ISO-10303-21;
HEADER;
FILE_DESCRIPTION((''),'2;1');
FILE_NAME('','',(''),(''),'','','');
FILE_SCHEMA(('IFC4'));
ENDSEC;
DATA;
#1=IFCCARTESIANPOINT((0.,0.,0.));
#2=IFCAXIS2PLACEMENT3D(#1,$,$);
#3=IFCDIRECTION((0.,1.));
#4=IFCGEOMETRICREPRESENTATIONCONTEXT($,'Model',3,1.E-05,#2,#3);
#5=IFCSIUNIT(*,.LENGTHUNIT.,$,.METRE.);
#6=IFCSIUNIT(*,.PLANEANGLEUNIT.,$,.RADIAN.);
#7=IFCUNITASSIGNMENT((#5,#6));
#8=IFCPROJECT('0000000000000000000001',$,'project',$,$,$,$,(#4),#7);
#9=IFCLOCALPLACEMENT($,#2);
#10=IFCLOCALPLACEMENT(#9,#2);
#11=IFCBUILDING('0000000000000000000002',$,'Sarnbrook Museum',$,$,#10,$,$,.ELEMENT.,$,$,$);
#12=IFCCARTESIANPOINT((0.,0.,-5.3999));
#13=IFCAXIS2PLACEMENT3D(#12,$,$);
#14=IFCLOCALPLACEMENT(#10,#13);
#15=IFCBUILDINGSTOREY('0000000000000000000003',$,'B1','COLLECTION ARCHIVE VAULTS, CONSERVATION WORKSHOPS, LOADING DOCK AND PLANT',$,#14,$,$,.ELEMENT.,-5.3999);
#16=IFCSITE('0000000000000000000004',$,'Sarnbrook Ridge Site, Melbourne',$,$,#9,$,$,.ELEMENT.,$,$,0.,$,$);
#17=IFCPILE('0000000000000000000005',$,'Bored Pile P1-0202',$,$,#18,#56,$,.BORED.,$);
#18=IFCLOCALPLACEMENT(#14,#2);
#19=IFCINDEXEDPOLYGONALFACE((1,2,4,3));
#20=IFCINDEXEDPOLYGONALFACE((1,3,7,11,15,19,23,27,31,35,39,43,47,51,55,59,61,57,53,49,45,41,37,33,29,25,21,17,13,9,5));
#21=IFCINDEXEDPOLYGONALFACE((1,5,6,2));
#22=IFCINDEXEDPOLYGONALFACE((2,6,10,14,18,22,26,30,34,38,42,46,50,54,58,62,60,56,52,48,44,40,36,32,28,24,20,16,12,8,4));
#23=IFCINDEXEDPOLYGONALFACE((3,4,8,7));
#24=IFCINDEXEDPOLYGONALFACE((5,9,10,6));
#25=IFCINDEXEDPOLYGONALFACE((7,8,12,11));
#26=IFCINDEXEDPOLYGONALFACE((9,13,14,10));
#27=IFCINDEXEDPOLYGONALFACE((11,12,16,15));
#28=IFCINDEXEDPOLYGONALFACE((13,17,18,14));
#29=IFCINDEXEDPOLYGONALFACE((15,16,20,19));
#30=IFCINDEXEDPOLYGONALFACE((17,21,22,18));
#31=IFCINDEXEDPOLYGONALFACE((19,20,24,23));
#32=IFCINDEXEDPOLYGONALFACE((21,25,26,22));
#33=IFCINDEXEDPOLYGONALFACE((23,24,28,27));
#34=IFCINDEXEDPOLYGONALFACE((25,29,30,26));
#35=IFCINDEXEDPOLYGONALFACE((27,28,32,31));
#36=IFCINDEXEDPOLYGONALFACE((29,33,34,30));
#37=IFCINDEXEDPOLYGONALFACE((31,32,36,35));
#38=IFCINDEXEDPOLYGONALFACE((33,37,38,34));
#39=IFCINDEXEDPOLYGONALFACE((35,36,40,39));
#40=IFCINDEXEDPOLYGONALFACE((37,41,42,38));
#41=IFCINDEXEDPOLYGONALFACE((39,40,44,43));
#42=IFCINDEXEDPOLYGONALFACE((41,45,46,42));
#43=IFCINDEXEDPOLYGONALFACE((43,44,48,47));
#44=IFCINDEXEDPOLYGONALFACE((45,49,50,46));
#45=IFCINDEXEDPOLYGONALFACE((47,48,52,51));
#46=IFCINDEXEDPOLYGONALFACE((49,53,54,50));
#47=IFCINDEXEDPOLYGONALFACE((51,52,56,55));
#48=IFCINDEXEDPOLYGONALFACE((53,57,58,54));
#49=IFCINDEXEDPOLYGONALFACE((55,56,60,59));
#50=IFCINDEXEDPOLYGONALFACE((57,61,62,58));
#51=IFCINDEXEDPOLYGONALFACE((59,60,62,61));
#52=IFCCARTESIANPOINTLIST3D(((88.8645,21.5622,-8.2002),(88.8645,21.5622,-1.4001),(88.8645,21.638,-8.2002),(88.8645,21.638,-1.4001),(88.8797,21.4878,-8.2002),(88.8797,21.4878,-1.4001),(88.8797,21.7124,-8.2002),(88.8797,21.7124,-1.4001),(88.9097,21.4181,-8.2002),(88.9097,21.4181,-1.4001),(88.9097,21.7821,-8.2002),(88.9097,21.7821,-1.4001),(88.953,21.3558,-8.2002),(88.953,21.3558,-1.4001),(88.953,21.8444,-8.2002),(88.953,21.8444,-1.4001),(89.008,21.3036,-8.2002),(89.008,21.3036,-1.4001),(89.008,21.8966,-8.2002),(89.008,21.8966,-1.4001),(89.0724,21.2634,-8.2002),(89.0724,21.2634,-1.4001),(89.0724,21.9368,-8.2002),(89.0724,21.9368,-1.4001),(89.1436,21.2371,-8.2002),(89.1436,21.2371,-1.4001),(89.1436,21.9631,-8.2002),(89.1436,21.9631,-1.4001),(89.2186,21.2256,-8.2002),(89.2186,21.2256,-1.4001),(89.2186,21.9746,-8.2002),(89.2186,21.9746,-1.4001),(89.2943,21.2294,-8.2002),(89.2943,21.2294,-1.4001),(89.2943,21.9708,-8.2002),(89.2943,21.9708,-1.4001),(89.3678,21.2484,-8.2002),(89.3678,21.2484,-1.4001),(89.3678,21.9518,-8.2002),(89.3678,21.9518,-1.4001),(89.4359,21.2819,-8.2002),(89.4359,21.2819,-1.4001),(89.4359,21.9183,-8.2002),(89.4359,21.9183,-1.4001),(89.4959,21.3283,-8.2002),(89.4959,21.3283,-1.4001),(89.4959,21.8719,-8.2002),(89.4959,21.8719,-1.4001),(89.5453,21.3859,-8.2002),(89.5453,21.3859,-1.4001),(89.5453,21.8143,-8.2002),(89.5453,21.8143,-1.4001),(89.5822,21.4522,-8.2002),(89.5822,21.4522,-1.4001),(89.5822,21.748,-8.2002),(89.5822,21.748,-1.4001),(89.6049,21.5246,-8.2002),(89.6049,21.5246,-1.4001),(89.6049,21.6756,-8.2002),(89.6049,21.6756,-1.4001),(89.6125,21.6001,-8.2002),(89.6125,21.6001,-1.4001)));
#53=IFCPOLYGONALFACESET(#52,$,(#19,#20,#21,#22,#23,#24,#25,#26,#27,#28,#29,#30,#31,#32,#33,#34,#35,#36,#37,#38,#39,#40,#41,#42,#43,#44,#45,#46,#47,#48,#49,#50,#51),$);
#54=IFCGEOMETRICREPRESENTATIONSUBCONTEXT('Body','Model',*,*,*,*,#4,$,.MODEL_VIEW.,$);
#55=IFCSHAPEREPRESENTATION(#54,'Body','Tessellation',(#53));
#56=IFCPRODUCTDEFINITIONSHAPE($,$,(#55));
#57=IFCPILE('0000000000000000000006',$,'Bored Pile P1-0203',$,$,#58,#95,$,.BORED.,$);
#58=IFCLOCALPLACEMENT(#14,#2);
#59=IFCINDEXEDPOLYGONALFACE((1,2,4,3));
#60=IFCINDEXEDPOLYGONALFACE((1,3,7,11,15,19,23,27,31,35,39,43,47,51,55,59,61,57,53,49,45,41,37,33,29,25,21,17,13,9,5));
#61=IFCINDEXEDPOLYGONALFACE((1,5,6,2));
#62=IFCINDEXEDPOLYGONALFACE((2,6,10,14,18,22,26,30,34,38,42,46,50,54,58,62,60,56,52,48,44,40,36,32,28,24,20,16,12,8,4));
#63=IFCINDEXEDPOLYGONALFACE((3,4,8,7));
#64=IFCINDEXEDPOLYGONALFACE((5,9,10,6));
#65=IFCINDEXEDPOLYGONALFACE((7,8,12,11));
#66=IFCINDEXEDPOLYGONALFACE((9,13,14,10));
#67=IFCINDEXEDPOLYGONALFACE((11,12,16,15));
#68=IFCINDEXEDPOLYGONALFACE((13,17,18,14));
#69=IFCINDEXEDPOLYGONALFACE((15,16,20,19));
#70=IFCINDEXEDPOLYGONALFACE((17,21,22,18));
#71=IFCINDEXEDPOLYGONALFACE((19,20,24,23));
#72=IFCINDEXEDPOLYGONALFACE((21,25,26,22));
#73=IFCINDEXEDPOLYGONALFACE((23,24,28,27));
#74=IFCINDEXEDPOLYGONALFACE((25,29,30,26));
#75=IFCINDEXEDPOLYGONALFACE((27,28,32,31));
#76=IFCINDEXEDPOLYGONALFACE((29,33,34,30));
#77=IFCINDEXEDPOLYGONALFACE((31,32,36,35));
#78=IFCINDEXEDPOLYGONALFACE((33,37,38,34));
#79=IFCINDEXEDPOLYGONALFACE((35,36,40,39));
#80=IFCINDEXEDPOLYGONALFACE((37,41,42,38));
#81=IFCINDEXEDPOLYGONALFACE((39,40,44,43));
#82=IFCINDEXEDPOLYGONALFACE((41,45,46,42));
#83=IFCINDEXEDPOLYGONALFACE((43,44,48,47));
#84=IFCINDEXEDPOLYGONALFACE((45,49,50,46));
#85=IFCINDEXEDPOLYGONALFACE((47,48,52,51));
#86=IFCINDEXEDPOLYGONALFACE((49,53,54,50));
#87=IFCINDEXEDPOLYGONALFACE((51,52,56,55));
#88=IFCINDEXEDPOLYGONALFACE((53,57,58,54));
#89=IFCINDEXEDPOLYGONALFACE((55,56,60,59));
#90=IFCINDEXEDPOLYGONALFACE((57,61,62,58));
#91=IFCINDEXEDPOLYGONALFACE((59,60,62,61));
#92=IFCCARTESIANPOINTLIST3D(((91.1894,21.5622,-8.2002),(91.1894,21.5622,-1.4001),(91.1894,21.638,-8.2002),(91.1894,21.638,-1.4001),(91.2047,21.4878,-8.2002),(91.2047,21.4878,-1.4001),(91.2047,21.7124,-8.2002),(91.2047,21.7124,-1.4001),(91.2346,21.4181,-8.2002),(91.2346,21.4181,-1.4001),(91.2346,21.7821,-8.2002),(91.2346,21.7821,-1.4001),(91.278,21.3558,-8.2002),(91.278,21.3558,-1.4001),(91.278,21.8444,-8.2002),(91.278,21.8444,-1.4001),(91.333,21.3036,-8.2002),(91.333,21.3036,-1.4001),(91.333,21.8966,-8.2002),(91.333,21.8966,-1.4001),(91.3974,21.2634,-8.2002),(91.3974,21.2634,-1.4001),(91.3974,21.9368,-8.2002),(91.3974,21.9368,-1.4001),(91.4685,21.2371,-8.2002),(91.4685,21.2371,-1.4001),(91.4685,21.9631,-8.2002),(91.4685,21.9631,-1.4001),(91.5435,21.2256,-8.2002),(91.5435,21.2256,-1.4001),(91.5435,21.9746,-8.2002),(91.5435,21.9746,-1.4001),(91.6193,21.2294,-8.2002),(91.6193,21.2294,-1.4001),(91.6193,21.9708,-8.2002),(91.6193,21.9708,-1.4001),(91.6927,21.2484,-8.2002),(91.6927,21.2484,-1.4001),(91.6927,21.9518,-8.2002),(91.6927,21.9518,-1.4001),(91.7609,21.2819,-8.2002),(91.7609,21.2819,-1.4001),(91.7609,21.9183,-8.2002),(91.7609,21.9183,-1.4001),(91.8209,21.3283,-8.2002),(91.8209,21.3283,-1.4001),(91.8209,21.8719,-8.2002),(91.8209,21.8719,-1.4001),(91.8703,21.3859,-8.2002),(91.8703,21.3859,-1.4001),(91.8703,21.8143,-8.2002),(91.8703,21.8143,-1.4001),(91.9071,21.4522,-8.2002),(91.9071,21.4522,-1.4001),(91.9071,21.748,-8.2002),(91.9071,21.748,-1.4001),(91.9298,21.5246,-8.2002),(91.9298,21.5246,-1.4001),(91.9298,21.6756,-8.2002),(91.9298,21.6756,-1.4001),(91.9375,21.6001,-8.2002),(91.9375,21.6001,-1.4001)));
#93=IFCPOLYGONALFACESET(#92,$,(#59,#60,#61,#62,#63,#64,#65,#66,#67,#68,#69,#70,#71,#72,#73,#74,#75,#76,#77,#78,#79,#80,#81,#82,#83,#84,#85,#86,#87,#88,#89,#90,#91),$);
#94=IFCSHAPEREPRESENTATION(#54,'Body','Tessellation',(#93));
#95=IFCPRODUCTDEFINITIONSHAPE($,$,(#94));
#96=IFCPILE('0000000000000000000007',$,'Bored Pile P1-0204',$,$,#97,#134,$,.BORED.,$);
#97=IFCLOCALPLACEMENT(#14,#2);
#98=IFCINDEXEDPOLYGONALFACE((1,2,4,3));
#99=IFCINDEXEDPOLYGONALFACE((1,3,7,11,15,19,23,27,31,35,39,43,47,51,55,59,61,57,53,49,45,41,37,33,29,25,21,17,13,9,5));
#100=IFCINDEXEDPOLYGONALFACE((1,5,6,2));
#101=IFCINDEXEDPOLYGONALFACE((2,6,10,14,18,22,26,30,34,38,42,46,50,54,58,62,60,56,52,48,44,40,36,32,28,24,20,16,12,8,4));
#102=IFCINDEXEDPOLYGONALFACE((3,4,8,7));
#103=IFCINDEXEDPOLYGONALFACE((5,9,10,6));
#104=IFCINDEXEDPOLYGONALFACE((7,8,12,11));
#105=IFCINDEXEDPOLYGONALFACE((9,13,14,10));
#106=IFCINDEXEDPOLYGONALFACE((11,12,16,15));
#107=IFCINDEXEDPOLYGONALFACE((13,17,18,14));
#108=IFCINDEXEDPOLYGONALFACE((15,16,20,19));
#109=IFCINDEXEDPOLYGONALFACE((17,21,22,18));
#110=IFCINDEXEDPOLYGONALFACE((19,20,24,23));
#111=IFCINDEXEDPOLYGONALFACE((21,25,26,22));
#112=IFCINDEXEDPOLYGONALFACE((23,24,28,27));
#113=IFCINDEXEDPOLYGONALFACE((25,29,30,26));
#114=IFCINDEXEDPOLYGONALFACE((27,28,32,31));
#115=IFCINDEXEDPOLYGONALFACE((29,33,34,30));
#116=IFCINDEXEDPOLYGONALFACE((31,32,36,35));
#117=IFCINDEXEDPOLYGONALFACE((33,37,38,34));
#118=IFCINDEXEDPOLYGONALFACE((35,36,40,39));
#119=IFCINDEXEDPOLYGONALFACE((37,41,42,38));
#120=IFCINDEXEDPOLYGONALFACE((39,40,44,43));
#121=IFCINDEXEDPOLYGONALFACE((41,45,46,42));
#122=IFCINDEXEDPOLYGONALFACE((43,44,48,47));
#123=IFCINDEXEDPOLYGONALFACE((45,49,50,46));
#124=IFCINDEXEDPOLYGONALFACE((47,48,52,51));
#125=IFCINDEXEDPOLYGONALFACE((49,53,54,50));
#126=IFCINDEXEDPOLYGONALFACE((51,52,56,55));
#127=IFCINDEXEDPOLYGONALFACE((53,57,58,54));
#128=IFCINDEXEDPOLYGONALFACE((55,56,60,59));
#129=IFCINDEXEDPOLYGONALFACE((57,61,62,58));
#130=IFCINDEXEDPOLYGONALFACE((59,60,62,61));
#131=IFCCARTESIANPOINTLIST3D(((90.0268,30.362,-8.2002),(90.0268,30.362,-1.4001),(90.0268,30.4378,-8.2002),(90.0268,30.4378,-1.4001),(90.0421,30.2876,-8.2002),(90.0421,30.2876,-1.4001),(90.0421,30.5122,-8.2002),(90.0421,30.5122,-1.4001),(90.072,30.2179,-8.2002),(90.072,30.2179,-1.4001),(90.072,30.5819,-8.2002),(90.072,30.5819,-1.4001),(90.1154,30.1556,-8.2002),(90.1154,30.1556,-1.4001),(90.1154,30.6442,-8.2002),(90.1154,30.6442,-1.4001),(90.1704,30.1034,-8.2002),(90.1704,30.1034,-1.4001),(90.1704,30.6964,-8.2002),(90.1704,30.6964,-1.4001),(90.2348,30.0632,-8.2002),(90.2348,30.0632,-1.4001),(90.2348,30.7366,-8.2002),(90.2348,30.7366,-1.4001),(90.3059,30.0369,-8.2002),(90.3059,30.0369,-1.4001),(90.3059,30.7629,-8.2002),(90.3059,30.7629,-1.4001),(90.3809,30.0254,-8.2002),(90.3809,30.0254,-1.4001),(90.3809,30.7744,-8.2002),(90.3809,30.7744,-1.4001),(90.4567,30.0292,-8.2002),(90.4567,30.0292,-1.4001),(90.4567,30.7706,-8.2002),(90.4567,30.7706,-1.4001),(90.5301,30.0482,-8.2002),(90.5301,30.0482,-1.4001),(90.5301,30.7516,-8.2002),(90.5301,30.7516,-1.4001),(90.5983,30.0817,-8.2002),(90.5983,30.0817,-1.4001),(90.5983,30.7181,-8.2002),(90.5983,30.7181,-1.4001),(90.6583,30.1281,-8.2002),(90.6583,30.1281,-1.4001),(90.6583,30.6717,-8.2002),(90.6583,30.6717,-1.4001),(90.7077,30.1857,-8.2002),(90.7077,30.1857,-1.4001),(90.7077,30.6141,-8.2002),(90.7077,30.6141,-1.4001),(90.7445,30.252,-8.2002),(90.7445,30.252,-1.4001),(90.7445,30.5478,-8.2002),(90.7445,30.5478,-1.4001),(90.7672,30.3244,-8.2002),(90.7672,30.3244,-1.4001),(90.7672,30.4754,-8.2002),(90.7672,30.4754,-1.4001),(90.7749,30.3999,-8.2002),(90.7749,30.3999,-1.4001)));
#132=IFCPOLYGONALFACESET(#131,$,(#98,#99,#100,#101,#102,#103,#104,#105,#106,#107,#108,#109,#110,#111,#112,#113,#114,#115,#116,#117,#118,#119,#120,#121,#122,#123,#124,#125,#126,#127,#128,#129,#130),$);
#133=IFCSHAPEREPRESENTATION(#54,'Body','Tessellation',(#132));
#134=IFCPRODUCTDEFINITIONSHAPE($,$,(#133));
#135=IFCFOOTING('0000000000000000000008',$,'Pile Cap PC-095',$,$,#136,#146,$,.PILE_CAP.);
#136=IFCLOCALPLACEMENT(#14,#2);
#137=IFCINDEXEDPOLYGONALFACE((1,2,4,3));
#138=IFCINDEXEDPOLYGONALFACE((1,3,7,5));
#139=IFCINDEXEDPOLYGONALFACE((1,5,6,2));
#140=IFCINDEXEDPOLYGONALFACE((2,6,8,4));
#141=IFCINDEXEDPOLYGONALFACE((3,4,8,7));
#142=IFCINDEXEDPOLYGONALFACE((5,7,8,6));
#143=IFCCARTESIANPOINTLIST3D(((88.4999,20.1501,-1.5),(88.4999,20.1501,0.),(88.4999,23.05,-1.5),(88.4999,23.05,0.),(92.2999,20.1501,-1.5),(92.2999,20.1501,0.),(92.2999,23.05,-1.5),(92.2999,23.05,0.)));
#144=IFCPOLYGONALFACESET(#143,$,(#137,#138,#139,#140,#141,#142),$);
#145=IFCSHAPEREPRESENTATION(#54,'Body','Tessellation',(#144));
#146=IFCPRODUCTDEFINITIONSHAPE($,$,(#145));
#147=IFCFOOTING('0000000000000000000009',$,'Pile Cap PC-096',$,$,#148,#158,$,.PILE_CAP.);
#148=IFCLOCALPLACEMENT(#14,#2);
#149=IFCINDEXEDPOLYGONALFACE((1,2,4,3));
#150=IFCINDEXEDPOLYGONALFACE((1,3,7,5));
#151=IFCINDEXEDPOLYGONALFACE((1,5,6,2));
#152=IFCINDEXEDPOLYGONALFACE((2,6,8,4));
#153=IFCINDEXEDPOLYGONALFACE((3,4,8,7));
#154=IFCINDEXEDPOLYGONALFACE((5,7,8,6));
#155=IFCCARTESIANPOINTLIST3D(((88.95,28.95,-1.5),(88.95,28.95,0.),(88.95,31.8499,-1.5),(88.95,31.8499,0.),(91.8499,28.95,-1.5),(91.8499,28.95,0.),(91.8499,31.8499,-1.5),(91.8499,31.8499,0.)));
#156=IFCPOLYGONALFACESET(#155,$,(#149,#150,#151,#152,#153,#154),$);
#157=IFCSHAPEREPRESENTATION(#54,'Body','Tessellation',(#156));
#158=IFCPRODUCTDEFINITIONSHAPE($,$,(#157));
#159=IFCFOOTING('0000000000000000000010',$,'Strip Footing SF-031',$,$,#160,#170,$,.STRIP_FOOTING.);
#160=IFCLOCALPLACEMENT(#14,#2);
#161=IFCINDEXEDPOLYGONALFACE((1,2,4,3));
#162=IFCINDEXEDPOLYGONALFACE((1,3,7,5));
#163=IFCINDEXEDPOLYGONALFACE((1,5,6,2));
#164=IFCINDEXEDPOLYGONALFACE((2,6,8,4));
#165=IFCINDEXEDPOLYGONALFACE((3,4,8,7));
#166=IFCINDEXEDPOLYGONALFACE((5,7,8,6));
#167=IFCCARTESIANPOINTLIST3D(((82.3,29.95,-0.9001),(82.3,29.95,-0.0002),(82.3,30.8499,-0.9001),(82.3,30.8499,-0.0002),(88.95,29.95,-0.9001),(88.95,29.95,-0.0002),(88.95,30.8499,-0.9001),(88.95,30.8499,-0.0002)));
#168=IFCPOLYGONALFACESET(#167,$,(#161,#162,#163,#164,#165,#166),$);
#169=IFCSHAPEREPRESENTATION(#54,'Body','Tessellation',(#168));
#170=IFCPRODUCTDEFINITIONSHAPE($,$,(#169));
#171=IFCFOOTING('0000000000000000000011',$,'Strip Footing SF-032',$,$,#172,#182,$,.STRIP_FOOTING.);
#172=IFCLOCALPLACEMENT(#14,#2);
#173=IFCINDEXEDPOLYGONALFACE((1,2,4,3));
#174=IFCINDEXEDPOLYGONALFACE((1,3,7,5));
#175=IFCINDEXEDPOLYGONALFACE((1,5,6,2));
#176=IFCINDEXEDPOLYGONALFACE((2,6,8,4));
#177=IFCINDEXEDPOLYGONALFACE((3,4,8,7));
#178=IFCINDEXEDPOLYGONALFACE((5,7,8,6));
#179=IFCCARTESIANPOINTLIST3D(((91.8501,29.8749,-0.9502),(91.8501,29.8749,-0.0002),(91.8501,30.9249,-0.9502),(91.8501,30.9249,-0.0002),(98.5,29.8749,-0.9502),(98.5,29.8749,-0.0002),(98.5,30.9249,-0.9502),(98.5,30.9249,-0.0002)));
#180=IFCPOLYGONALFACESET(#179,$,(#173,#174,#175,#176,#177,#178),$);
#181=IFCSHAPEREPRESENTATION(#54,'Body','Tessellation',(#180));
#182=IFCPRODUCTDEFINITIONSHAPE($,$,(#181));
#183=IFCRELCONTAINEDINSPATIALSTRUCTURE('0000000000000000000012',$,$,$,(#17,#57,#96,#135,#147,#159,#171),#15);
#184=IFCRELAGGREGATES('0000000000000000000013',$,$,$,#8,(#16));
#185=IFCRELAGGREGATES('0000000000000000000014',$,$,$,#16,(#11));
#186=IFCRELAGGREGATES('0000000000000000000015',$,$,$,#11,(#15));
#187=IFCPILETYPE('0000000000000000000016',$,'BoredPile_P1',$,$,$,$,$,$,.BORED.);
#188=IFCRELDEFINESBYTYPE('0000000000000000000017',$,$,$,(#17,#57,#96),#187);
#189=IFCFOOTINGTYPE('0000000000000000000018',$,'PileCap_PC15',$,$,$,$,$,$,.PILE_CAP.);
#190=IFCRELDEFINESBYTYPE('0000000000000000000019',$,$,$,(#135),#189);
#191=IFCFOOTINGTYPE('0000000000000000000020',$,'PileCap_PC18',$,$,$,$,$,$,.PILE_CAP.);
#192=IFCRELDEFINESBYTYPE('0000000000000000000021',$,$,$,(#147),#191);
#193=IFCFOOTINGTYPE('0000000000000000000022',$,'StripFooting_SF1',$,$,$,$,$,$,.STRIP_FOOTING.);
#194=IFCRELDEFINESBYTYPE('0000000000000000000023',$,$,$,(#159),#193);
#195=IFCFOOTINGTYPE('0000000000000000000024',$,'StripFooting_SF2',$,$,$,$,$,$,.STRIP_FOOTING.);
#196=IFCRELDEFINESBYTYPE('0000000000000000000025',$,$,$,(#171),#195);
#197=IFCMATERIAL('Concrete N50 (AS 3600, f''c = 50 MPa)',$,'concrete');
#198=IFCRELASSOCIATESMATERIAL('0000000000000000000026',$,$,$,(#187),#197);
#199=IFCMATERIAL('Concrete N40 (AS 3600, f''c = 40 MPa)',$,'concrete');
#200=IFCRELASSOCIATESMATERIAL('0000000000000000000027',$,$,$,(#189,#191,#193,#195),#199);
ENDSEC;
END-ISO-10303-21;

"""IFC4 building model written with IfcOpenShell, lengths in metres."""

from ifc_helpers import new_model, si_unit, direction, frame, origin, origin_2d, place, context, subcontext, project, spatial, rectangle, circle, extrude, material, material_profile, profile_set, type_object, element, save


model = new_model("IFC4")

# Units and contexts
model_context = context("Model", 3, precision=1e-05, world=origin(), true_north=direction((0.0, 1.0)))
body_context = subcontext(model_context, "Body", "Model", "MODEL_VIEW")
ifc_project = project(units=[si_unit("LENGTHUNIT", "METRE"), si_unit("PLANEANGLEUNIT", "RADIAN")], contexts=[model_context])

# Site, building, storey
site_placement = place(None, origin())
site = spatial("IfcSite", under=ifc_project, at=site_placement, Name="Sarnbrook Ridge Site, Melbourne", CompositionType="ELEMENT", RefElevation=0.0)
building_placement = place(site_placement, origin())
building = spatial("IfcBuilding", under=site, at=building_placement, Name="Sarnbrook Museum", CompositionType="ELEMENT")
storey_placement = place(building_placement, frame((0.0, 0.0, -5.3999)))
storey = spatial("IfcBuildingStorey", under=building, at=storey_placement, Name="B1", Description="COLLECTION ARCHIVE VAULTS, CONSERVATION WORKSHOPS, LOADING DOCK AND PLANT", CompositionType="ELEMENT", Elevation=-5.3999)

# Piles
ifc_material_1 = material(Name="Concrete N50 (AS 3600, f'c = 50 MPa)", Category="concrete")
ifc_material_profile_1 = material_profile(ifc_material_1, circle(Radius=0.375, at=origin_2d()), Name="BORED PILE D750")
ifc_profile_set_1 = profile_set([ifc_material_profile_1], Name="Concrete N50 (AS 3600, f'c = 50 MPa)")
pile_type = type_object("IfcPileType", Name="BoredPile_P1", PredefinedType="BORED", material=ifc_profile_set_1)
for number, where, z_axis, x_axis, name in (
    (1, (89.2375, 21.6001, -1.4001), (0.0, 0.0, -1.0), (1.0, 0.0, 0.0), "Bored Pile P1-0202"),
    (2, (91.5625, 21.6001, -1.4001), (0.0, 0.0, -1.0), (1.0, 0.0, 0.0), "Bored Pile P1-0203"),
    (3, (90.3999, 30.3999, -1.4001), (0.0, 0.0, -1.0), (1.0, 0.0, 0.0), "Bored Pile P1-0204"),
):
    element("IfcPile", number, at=place(storey_placement, frame(where, z_axis=z_axis, x_axis=x_axis)), inside=storey, type_object=pile_type, Name=name, PredefinedType="BORED", context=body_context, shape_type="SweptSolid", body=[
        extrude(circle(Radius=0.375, at=origin_2d()), origin(), (0.0, 0.0, 1.0), 6.8),
    ])

# Footings
ifc_material_2 = material(Name="Concrete N40 (AS 3600, f'c = 40 MPa)", Category="concrete")
footing_type_1 = type_object("IfcFootingType", Name="PileCap_PC15", PredefinedType="PILE_CAP", material=ifc_material_2)
footing_1_placement = place(storey_placement, frame((90.3999, 21.6001, -1.5), z_axis=(0.0, 0.0, 1.0), x_axis=(1.0, 0.0, 0.0)))
element("IfcFooting", 4, at=footing_1_placement, inside=storey, type_object=footing_type_1, Name="Pile Cap PC-095", PredefinedType="PILE_CAP", context=body_context, shape_type="SweptSolid", body=[
    extrude(rectangle(XDim=3.8, YDim=2.8999, at=origin_2d()), origin(), (0.0, 0.0, 1.0), 1.5),
])
footing_type_2 = type_object("IfcFootingType", Name="PileCap_PC18", PredefinedType="PILE_CAP", material=ifc_material_2)
footing_2_placement = place(storey_placement, frame((90.3999, 30.3999, -1.5), z_axis=(0.0, 0.0, 1.0), x_axis=(1.0, 0.0, 0.0)))
element("IfcFooting", 5, at=footing_2_placement, inside=storey, type_object=footing_type_2, Name="Pile Cap PC-096", PredefinedType="PILE_CAP", context=body_context, shape_type="SweptSolid", body=[
    extrude(rectangle(XDim=2.8999, YDim=2.8999, at=origin_2d()), origin(), (0.0, 0.0, 1.0), 1.5),
])
footing_type_3 = type_object("IfcFootingType", Name="StripFooting_SF1", PredefinedType="STRIP_FOOTING", material=ifc_material_2)
footing_3_placement = place(storey_placement, frame((85.625, 30.3999, -0.9001), z_axis=(0.0, 0.0, 1.0), x_axis=(1.0, 0.0, 0.0)))
element("IfcFooting", 6, at=footing_3_placement, inside=storey, type_object=footing_type_3, Name="Strip Footing SF-031", PredefinedType="STRIP_FOOTING", context=body_context, shape_type="SweptSolid", body=[
    extrude(rectangle(XDim=6.6499, YDim=0.8999, at=origin_2d()), origin(), (0.0, 0.0, 1.0), 0.8999),
])
footing_type_4 = type_object("IfcFootingType", Name="StripFooting_SF2", PredefinedType="STRIP_FOOTING", material=ifc_material_2)
footing_4_placement = place(storey_placement, frame((95.175, 30.3999, -0.9502), z_axis=(0.0, 0.0, 1.0), x_axis=(1.0, 0.0, 0.0)))
element("IfcFooting", 7, at=footing_4_placement, inside=storey, type_object=footing_type_4, Name="Strip Footing SF-032", PredefinedType="STRIP_FOOTING", context=body_context, shape_type="SweptSolid", body=[
    extrude(rectangle(XDim=6.6499, YDim=1.05, at=origin_2d()), origin(), (0.0, 0.0, 1.0), 0.95),
])

save(model, "model.ifc")
